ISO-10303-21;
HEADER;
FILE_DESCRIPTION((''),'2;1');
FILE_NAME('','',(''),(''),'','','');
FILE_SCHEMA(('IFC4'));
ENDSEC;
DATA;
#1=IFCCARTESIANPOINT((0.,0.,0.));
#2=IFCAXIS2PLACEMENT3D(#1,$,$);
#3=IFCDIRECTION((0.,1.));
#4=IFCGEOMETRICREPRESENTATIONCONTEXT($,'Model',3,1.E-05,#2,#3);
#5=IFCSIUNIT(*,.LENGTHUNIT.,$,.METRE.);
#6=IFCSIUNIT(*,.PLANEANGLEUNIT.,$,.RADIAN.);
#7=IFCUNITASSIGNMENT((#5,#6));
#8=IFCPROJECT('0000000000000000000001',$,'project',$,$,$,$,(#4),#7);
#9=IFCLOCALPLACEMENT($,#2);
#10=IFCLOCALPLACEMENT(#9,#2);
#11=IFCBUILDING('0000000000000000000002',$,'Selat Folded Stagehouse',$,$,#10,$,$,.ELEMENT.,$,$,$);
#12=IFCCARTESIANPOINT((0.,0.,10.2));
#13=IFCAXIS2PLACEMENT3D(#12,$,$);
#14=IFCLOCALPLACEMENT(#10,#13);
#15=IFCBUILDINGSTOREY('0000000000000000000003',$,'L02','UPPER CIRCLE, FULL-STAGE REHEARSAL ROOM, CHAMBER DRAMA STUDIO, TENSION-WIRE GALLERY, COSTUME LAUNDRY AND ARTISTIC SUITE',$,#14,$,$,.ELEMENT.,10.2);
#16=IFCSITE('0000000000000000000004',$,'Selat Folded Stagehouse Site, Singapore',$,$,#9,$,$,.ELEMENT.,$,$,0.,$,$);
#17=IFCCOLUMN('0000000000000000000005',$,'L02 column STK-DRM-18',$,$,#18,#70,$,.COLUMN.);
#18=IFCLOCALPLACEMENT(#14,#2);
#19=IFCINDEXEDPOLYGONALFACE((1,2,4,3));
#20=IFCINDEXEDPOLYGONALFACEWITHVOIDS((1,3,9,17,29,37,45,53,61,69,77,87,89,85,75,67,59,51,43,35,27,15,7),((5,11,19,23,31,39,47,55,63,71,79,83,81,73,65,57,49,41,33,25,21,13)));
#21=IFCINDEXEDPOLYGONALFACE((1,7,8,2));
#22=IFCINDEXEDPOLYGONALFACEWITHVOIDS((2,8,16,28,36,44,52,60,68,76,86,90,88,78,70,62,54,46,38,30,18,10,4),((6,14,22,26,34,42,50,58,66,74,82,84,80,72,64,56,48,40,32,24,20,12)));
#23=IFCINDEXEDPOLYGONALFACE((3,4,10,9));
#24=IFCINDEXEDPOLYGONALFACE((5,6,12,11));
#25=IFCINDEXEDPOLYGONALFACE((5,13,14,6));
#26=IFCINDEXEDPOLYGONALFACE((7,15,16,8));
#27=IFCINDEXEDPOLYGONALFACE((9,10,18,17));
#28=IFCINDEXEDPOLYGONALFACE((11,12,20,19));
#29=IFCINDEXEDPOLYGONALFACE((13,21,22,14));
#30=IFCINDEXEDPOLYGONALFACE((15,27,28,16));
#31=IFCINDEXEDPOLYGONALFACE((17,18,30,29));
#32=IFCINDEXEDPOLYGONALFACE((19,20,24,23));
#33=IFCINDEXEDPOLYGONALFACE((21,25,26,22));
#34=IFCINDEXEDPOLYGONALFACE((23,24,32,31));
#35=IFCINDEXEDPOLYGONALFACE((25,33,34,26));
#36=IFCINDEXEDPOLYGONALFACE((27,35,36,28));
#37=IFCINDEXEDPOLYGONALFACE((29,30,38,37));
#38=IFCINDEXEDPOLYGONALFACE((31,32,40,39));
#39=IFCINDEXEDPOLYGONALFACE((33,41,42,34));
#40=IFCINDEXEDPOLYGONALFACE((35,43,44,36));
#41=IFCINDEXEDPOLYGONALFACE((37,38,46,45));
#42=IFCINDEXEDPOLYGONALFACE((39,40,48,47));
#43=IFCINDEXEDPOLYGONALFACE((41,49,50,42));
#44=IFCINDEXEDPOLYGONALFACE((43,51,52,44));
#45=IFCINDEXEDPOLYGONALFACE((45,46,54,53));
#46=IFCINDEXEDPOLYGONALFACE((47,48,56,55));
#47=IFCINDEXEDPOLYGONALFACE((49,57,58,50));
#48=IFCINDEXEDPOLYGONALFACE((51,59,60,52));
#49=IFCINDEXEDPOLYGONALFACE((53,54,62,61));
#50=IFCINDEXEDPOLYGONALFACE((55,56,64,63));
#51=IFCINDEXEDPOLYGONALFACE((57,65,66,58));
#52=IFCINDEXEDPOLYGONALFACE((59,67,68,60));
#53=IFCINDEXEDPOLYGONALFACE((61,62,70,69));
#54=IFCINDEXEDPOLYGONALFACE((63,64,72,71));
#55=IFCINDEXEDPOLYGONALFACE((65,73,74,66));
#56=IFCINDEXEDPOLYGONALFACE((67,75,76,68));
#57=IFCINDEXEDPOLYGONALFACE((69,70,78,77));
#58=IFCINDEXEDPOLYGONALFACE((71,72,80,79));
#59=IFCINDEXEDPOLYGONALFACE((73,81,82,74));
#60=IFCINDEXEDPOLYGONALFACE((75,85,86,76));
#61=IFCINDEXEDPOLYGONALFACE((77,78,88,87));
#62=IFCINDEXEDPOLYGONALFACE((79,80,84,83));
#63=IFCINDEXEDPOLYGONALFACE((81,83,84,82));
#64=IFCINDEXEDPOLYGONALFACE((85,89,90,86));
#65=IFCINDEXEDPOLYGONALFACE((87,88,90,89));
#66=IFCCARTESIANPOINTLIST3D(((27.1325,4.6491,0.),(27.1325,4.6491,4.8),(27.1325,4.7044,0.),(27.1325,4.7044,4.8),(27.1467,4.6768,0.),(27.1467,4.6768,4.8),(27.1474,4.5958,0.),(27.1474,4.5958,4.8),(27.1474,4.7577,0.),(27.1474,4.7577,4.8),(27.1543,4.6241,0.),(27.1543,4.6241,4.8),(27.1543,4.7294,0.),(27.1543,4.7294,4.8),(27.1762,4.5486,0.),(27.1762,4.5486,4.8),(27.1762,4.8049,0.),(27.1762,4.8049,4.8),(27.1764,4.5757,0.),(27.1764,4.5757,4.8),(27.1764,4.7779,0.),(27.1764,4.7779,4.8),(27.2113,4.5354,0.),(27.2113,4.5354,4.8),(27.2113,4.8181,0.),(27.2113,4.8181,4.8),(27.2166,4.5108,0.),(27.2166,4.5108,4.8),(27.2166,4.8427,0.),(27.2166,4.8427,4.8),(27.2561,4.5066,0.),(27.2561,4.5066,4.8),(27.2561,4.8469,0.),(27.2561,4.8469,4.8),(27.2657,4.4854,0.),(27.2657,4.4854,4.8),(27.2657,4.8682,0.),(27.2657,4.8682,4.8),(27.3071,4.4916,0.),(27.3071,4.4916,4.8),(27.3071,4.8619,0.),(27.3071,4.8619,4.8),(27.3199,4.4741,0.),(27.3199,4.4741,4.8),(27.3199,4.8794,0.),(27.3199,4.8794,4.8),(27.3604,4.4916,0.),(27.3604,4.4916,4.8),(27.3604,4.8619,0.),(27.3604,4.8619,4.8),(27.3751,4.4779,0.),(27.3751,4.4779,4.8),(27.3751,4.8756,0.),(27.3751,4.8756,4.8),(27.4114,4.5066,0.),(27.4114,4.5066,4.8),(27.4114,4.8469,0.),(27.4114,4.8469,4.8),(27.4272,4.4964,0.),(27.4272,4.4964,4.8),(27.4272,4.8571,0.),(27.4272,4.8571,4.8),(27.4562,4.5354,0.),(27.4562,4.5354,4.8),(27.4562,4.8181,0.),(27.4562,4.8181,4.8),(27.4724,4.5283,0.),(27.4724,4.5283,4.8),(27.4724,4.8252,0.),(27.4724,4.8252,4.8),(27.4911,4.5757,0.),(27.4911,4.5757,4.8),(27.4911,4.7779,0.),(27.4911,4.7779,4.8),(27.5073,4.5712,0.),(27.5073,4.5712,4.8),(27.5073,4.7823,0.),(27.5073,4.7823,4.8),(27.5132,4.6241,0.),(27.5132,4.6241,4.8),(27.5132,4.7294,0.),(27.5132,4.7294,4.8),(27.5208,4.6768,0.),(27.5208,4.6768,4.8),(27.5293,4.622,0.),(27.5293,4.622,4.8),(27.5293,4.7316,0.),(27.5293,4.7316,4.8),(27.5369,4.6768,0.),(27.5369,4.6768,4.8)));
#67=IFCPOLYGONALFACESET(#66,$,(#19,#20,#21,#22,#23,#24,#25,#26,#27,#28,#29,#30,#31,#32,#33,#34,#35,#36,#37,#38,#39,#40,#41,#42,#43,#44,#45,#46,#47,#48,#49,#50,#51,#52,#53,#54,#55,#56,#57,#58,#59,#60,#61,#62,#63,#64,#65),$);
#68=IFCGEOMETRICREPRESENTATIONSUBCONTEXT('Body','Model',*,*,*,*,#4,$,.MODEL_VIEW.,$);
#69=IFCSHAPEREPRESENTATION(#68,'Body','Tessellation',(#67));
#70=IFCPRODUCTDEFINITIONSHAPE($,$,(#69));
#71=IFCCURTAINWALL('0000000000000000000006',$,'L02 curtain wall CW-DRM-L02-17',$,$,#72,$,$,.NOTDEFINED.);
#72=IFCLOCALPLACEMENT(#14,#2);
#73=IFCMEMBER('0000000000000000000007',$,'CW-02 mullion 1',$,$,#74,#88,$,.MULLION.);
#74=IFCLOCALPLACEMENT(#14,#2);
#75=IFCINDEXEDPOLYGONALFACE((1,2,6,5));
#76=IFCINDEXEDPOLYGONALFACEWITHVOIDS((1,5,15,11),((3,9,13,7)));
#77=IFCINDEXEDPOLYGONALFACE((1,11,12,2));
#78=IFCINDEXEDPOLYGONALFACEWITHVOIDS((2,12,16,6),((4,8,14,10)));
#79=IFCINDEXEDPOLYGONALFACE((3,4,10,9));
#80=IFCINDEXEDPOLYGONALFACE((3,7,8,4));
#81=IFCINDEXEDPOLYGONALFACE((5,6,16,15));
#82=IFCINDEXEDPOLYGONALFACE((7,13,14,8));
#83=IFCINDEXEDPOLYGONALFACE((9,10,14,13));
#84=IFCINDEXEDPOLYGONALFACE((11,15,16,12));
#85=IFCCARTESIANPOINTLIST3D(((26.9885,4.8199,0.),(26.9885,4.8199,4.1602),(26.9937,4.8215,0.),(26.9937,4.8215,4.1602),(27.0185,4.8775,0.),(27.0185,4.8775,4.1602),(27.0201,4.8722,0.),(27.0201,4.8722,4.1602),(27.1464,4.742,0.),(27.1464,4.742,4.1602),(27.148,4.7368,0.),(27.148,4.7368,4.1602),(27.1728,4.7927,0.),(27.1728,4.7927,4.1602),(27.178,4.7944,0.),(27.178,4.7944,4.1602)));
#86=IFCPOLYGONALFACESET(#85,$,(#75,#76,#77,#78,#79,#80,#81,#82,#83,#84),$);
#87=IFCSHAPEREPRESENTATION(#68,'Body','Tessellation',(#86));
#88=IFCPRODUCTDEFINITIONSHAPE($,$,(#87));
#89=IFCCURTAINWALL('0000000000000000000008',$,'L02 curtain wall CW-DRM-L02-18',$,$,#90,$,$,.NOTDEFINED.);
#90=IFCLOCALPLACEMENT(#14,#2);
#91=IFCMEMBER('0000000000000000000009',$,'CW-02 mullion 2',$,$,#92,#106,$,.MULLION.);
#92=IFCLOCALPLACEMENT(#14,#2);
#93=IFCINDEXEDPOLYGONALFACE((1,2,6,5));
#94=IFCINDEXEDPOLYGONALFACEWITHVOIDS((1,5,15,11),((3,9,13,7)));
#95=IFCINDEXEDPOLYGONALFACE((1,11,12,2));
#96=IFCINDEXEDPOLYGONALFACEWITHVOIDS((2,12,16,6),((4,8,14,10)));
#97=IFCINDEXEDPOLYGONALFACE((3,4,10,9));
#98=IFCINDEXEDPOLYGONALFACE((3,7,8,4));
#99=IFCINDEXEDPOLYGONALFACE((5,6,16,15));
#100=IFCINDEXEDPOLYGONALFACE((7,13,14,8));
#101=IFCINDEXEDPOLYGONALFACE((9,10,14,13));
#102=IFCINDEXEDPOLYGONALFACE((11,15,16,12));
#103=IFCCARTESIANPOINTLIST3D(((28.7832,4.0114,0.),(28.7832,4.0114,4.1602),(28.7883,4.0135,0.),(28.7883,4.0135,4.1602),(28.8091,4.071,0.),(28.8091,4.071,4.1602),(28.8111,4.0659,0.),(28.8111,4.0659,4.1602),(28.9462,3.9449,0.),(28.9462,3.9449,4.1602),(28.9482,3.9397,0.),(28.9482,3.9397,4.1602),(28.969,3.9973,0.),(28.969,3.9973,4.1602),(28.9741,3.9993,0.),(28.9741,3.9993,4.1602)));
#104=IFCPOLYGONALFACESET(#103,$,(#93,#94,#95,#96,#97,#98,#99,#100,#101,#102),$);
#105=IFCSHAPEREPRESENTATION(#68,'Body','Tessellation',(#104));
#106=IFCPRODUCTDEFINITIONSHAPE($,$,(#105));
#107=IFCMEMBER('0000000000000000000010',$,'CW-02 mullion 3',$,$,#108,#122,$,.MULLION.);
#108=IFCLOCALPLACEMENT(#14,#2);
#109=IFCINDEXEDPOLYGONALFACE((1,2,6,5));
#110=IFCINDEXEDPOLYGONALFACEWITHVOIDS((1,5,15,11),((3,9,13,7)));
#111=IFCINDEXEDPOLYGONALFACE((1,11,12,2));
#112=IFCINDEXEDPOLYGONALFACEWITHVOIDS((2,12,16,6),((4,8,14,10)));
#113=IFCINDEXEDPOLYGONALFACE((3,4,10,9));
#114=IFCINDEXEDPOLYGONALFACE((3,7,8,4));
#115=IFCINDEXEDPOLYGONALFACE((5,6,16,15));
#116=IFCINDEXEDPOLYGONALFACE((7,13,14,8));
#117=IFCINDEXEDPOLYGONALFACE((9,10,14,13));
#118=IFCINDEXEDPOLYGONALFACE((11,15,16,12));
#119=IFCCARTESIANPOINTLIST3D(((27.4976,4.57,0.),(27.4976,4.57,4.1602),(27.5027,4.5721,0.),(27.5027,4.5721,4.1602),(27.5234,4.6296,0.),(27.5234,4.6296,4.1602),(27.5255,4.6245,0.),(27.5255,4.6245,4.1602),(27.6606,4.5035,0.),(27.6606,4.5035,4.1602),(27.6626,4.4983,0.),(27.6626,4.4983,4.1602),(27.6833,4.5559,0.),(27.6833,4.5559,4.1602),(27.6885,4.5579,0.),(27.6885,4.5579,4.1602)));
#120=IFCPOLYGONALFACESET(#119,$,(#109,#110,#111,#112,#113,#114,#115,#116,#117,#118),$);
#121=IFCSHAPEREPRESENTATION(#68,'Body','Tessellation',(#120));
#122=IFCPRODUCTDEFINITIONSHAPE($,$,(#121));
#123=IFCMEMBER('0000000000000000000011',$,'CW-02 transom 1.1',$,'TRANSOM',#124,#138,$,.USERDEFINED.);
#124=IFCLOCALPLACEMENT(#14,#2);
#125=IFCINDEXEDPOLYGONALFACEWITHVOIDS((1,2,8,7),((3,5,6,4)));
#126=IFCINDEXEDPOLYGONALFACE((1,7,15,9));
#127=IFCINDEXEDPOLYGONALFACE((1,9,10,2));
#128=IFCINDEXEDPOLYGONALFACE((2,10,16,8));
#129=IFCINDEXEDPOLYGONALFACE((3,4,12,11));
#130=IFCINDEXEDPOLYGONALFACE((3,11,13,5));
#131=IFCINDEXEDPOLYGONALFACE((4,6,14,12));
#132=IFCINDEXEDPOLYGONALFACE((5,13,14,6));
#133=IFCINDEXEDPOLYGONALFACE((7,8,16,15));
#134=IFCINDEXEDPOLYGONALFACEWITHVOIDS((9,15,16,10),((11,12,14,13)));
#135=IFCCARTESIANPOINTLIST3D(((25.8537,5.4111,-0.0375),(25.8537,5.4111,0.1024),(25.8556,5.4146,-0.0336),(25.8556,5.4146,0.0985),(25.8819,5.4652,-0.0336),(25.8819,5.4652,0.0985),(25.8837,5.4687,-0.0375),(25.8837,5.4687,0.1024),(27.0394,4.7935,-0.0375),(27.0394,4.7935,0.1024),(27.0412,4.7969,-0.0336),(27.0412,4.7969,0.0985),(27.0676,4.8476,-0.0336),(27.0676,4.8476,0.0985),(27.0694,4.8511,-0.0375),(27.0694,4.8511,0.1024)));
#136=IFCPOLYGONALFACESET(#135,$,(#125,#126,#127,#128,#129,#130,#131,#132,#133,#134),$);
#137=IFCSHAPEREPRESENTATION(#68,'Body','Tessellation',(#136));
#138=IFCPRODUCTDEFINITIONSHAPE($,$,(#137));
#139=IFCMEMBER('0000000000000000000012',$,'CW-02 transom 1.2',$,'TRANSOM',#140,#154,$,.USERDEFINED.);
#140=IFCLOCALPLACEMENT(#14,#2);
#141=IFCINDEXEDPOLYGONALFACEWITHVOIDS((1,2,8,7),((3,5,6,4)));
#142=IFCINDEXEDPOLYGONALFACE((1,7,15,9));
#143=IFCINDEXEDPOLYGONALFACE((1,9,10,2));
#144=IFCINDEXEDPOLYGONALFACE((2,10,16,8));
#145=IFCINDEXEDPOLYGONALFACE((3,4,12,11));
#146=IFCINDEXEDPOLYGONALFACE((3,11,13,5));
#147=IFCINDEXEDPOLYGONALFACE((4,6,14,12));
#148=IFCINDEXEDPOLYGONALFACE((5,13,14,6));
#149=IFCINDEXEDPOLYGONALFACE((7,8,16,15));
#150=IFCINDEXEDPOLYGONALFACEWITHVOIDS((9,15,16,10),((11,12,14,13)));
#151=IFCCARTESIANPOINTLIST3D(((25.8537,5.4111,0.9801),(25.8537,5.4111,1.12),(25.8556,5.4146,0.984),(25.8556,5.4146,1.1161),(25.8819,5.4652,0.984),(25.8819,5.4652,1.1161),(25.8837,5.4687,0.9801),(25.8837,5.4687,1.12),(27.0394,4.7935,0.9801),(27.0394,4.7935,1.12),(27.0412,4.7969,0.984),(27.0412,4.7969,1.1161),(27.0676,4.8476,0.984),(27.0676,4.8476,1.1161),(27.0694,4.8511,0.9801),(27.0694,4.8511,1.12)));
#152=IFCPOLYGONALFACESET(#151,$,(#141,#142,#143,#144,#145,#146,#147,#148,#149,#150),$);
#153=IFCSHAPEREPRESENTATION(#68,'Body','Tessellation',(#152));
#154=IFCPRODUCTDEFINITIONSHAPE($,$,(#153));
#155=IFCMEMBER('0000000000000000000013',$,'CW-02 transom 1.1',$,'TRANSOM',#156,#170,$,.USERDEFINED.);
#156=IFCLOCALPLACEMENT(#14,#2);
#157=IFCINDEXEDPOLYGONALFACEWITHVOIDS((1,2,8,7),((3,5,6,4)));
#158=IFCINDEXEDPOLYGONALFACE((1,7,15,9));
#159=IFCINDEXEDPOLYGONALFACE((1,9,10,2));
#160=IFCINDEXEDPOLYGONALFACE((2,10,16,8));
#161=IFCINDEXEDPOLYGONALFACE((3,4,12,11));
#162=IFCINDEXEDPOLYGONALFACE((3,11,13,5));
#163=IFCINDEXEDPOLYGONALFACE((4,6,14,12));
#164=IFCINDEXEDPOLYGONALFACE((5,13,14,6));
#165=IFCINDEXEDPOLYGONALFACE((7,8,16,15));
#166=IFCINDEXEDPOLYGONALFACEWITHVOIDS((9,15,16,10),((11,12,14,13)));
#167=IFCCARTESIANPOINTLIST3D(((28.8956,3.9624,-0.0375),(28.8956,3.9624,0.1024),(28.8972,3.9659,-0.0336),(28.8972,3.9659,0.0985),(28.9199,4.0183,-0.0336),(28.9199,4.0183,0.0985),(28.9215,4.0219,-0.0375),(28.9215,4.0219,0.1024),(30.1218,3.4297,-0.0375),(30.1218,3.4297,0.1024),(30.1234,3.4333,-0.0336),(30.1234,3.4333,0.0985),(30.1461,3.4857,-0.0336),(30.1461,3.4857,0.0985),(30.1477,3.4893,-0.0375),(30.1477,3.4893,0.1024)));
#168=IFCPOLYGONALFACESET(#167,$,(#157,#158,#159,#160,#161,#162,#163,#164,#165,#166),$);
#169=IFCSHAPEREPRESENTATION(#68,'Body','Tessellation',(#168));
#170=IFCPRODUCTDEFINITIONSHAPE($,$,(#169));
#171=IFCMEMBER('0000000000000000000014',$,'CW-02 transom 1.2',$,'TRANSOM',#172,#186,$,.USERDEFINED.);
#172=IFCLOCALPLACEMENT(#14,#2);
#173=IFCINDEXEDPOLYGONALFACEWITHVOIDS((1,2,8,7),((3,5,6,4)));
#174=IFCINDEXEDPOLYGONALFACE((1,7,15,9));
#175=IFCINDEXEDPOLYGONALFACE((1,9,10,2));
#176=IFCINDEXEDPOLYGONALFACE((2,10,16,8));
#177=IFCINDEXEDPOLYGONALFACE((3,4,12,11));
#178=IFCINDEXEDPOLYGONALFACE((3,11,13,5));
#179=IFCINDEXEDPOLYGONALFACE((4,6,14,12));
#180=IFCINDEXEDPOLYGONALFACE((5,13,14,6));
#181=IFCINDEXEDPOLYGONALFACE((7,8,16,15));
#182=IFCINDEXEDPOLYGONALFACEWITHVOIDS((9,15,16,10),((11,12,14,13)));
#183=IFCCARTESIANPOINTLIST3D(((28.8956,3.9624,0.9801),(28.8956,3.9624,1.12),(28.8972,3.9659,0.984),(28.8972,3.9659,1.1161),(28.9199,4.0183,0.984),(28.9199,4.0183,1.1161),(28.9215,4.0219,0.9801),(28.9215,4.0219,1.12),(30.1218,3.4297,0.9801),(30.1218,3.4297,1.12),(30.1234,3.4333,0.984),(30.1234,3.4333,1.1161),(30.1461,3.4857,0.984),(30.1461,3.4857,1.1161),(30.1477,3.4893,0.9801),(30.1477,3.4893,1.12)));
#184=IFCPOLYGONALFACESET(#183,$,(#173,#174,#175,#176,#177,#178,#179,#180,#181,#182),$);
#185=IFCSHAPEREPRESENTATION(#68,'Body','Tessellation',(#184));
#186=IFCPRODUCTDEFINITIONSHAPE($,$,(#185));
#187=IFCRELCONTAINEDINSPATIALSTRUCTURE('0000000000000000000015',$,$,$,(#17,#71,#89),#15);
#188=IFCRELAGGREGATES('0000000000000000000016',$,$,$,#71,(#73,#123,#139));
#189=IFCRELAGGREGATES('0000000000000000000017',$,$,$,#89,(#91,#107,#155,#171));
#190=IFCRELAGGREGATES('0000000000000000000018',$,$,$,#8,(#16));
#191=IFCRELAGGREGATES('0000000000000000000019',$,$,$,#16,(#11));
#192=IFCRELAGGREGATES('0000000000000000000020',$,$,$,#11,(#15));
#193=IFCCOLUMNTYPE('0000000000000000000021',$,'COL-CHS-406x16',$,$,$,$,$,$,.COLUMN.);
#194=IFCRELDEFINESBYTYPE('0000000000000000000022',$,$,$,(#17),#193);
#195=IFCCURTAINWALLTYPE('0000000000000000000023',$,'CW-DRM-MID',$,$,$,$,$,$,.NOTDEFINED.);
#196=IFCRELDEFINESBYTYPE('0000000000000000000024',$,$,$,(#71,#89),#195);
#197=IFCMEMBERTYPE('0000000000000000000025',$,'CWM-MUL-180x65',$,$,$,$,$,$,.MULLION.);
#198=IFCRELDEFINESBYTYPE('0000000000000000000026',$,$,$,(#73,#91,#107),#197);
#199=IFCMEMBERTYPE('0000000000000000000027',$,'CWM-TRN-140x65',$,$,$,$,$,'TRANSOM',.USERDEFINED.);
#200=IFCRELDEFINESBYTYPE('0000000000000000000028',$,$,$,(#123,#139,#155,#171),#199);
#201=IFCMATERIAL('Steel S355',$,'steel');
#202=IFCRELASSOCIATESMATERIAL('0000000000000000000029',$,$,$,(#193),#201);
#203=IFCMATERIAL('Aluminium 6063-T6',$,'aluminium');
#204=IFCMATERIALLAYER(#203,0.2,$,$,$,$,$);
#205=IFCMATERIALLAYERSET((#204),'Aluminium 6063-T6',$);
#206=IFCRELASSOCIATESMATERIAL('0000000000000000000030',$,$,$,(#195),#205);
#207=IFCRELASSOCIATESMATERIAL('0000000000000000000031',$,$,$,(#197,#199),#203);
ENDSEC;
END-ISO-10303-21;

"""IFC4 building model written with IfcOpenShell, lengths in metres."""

from ifc_helpers import new_model, si_unit, direction, frame, origin, origin_2d, place, context, subcontext, project, spatial, hollow_rectangle, hollow_circle, extrude, material, layer, layer_set, material_profile, profile_set, type_object, element, aggregate, save


model = new_model("IFC4")

# Units and contexts
model_context = context("Model", 3, precision=1e-05, world=origin(), true_north=direction((0.0, 1.0)))
body_context = subcontext(model_context, "Body", "Model", "MODEL_VIEW")
ifc_project = project(units=[si_unit("LENGTHUNIT", "METRE"), si_unit("PLANEANGLEUNIT", "RADIAN")], contexts=[model_context])

# Site, building, storey
site_placement = place(None, origin())
site = spatial("IfcSite", under=ifc_project, at=site_placement, Name="Selat Folded Stagehouse Site, Singapore", CompositionType="ELEMENT", RefElevation=0.0)
building_placement = place(site_placement, origin())
building = spatial("IfcBuilding", under=site, at=building_placement, Name="Selat Folded Stagehouse", CompositionType="ELEMENT")
storey_placement = place(building_placement, frame((0.0, 0.0, 10.2)))
storey = spatial("IfcBuildingStorey", under=building, at=storey_placement, Name="L02", Description="UPPER CIRCLE, FULL-STAGE REHEARSAL ROOM, CHAMBER DRAMA STUDIO, TENSION-WIRE GALLERY, COSTUME LAUNDRY AND ARTISTIC SUITE", CompositionType="ELEMENT", Elevation=10.2)

# Column
ifc_material_1 = material(Name="Steel S355", Category="steel")
ifc_material_profile_1 = material_profile(ifc_material_1, hollow_circle(Radius=0.2031, WallThickness=0.0161, at=origin_2d()), Name="CHS 406.4x16.0")
ifc_profile_set_1 = profile_set([ifc_material_profile_1], Name="Steel S355")
column_type = type_object("IfcColumnType", Name="COL-CHS-406x16", PredefinedType="COLUMN", material=ifc_profile_set_1)
column_placement = place(storey_placement, frame((27.3337, 4.6768, 0.0), z_axis=(0.0, 0.0, 1.0), x_axis=(1.0, 0.0, 0.0)))
element("IfcColumn", 1, at=column_placement, inside=storey, type_object=column_type, Name="L02 column STK-DRM-18", PredefinedType="COLUMN", context=body_context, shape_type="SweptSolid", body=[
    extrude(hollow_circle(Radius=0.2031, WallThickness=0.0161, at=origin_2d()), origin(), (0.0, 0.0, 1.0), 4.8),
])

# Curtain wall, member
ifc_material_2 = material(Name="Aluminium 6063-T6", Category="aluminium")
ifc_layer_1 = layer(ifc_material_2, 0.2)
ifc_layer_set_1 = layer_set([ifc_layer_1], Name="Aluminium 6063-T6")
curtain_wall_type = type_object("IfcCurtainWallType", Name="CW-DRM-MID", PredefinedType="NOTDEFINED", material=ifc_layer_set_1)
curtain_wall_1_placement = place(storey_placement, origin())
curtain_wall_1 = element("IfcCurtainWall", 2, at=curtain_wall_1_placement, inside=storey, type_object=curtain_wall_type, Name="L02 curtain wall CW-DRM-L02-17", PredefinedType="NOTDEFINED")
ifc_material_profile_2 = material_profile(ifc_material_2, hollow_rectangle(XDim=0.0649, YDim=0.1799, WallThickness=0.0039, at=origin_2d()), Name="ALU 180x65x4.0")
ifc_profile_set_2 = profile_set([ifc_material_profile_2], Name="Aluminium 6063-T6")
member_type_1 = type_object("IfcMemberType", Name="CWM-MUL-180x65", PredefinedType="MULLION", material=ifc_profile_set_2)
member_1_placement = place(storey_placement, frame((27.0833, 4.8071, 0.0), z_axis=(0.0, 0.0, 1.0), x_axis=(-0.461931, -0.886916, 0.0)))
member_1 = element("IfcMember", 3, at=member_1_placement, type_object=member_type_1, Name="CW-02 mullion 1", PredefinedType="MULLION", context=body_context, shape_type="SweptSolid", body=[
    extrude(hollow_rectangle(XDim=0.0649, YDim=0.1799, WallThickness=0.0039, at=origin_2d()), origin(), (0.0, 0.0, 1.0), 4.1602),
])

# Curtain wall, members
curtain_wall_2_placement = place(storey_placement, origin())
curtain_wall_2 = element("IfcCurtainWall", 4, at=curtain_wall_2_placement, inside=storey, type_object=curtain_wall_type, Name="L02 curtain wall CW-DRM-L02-18", PredefinedType="NOTDEFINED")
member_2_placement = place(storey_placement, frame((28.8787, 4.0054, 0.0), z_axis=(0.0, 0.0, 1.0), x_axis=(-0.39858, -0.917134, 0.0)))
member_2 = element("IfcMember", 5, at=member_2_placement, type_object=member_type_1, Name="CW-02 mullion 2", PredefinedType="MULLION", context=body_context, shape_type="SweptSolid", body=[
    extrude(hollow_rectangle(XDim=0.0649, YDim=0.1799, WallThickness=0.0039, at=origin_2d()), origin(), (0.0, 0.0, 1.0), 4.1602),
])
member_3_placement = place(storey_placement, frame((27.593, 4.564, 0.0), z_axis=(0.0, 0.0, 1.0), x_axis=(-0.39858, -0.917134, 0.0)))
member_3 = element("IfcMember", 6, at=member_3_placement, type_object=member_type_1, Name="CW-02 mullion 3", PredefinedType="MULLION", context=body_context, shape_type="SweptSolid", body=[
    extrude(hollow_rectangle(XDim=0.0649, YDim=0.1799, WallThickness=0.0039, at=origin_2d()), origin(), (0.0, 0.0, 1.0), 4.1602),
])

# Members
ifc_material_profile_3 = material_profile(ifc_material_2, hollow_rectangle(XDim=0.0649, YDim=0.1399, WallThickness=0.0039, at=origin_2d()), Name="ALU 140x65x4.0")
ifc_profile_set_3 = profile_set([ifc_material_profile_3], Name="Aluminium 6063-T6")
member_type_2 = type_object("IfcMemberType", Name="CWM-TRN-140x65", ElementType="TRANSOM", PredefinedType="USERDEFINED", material=ifc_profile_set_3)
member_4_placement = place(storey_placement, frame((27.0544, 4.8223, 0.0325), z_axis=(-0.886891, 0.461979, 0.0), x_axis=(-0.461979, -0.886891, 0.0)))
member_4 = element("IfcMember", 7, at=member_4_placement, type_object=member_type_2, Name="CW-02 transom 1.1", ObjectType="TRANSOM", PredefinedType="USERDEFINED", context=body_context, shape_type="SweptSolid", body=[
    extrude(hollow_rectangle(XDim=0.0649, YDim=0.1399, WallThickness=0.0039, at=origin_2d()), origin(), (0.0, 0.0, 1.0), 1.3369),
])
member_5_placement = place(storey_placement, frame((27.0544, 4.8223, 1.05), z_axis=(-0.886891, 0.461979, 0.0), x_axis=(-0.461979, -0.886891, 0.0)))
member_5 = element("IfcMember", 8, at=member_5_placement, type_object=member_type_2, Name="CW-02 transom 1.2", ObjectType="TRANSOM", PredefinedType="USERDEFINED", context=body_context, shape_type="SweptSolid", body=[
    extrude(hollow_rectangle(XDim=0.0649, YDim=0.1399, WallThickness=0.0039, at=origin_2d()), origin(), (0.0, 0.0, 1.0), 1.3369),
])
aggregate(curtain_wall_1, [member_1, member_4, member_5])
member_6_placement = place(storey_placement, frame((30.1348, 3.4595, 0.0325), z_axis=(-0.917198, 0.398432, 0.0), x_axis=(-0.398432, -0.917198, 0.0)))
member_6 = element("IfcMember", 9, at=member_6_placement, type_object=member_type_2, Name="CW-02 transom 1.1", ObjectType="TRANSOM", PredefinedType="USERDEFINED", context=body_context, shape_type="SweptSolid", body=[
    extrude(hollow_rectangle(XDim=0.0649, YDim=0.1399, WallThickness=0.0039, at=origin_2d()), origin(), (0.0, 0.0, 1.0), 1.3369),
])
member_7_placement = place(storey_placement, frame((30.1348, 3.4595, 1.05), z_axis=(-0.917198, 0.398432, 0.0), x_axis=(-0.398432, -0.917198, 0.0)))
member_7 = element("IfcMember", 10, at=member_7_placement, type_object=member_type_2, Name="CW-02 transom 1.2", ObjectType="TRANSOM", PredefinedType="USERDEFINED", context=body_context, shape_type="SweptSolid", body=[
    extrude(hollow_rectangle(XDim=0.0649, YDim=0.1399, WallThickness=0.0039, at=origin_2d()), origin(), (0.0, 0.0, 1.0), 1.3369),
])

aggregate(curtain_wall_2, [member_2, member_3, member_6, member_7])

save(model, "model.ifc")
